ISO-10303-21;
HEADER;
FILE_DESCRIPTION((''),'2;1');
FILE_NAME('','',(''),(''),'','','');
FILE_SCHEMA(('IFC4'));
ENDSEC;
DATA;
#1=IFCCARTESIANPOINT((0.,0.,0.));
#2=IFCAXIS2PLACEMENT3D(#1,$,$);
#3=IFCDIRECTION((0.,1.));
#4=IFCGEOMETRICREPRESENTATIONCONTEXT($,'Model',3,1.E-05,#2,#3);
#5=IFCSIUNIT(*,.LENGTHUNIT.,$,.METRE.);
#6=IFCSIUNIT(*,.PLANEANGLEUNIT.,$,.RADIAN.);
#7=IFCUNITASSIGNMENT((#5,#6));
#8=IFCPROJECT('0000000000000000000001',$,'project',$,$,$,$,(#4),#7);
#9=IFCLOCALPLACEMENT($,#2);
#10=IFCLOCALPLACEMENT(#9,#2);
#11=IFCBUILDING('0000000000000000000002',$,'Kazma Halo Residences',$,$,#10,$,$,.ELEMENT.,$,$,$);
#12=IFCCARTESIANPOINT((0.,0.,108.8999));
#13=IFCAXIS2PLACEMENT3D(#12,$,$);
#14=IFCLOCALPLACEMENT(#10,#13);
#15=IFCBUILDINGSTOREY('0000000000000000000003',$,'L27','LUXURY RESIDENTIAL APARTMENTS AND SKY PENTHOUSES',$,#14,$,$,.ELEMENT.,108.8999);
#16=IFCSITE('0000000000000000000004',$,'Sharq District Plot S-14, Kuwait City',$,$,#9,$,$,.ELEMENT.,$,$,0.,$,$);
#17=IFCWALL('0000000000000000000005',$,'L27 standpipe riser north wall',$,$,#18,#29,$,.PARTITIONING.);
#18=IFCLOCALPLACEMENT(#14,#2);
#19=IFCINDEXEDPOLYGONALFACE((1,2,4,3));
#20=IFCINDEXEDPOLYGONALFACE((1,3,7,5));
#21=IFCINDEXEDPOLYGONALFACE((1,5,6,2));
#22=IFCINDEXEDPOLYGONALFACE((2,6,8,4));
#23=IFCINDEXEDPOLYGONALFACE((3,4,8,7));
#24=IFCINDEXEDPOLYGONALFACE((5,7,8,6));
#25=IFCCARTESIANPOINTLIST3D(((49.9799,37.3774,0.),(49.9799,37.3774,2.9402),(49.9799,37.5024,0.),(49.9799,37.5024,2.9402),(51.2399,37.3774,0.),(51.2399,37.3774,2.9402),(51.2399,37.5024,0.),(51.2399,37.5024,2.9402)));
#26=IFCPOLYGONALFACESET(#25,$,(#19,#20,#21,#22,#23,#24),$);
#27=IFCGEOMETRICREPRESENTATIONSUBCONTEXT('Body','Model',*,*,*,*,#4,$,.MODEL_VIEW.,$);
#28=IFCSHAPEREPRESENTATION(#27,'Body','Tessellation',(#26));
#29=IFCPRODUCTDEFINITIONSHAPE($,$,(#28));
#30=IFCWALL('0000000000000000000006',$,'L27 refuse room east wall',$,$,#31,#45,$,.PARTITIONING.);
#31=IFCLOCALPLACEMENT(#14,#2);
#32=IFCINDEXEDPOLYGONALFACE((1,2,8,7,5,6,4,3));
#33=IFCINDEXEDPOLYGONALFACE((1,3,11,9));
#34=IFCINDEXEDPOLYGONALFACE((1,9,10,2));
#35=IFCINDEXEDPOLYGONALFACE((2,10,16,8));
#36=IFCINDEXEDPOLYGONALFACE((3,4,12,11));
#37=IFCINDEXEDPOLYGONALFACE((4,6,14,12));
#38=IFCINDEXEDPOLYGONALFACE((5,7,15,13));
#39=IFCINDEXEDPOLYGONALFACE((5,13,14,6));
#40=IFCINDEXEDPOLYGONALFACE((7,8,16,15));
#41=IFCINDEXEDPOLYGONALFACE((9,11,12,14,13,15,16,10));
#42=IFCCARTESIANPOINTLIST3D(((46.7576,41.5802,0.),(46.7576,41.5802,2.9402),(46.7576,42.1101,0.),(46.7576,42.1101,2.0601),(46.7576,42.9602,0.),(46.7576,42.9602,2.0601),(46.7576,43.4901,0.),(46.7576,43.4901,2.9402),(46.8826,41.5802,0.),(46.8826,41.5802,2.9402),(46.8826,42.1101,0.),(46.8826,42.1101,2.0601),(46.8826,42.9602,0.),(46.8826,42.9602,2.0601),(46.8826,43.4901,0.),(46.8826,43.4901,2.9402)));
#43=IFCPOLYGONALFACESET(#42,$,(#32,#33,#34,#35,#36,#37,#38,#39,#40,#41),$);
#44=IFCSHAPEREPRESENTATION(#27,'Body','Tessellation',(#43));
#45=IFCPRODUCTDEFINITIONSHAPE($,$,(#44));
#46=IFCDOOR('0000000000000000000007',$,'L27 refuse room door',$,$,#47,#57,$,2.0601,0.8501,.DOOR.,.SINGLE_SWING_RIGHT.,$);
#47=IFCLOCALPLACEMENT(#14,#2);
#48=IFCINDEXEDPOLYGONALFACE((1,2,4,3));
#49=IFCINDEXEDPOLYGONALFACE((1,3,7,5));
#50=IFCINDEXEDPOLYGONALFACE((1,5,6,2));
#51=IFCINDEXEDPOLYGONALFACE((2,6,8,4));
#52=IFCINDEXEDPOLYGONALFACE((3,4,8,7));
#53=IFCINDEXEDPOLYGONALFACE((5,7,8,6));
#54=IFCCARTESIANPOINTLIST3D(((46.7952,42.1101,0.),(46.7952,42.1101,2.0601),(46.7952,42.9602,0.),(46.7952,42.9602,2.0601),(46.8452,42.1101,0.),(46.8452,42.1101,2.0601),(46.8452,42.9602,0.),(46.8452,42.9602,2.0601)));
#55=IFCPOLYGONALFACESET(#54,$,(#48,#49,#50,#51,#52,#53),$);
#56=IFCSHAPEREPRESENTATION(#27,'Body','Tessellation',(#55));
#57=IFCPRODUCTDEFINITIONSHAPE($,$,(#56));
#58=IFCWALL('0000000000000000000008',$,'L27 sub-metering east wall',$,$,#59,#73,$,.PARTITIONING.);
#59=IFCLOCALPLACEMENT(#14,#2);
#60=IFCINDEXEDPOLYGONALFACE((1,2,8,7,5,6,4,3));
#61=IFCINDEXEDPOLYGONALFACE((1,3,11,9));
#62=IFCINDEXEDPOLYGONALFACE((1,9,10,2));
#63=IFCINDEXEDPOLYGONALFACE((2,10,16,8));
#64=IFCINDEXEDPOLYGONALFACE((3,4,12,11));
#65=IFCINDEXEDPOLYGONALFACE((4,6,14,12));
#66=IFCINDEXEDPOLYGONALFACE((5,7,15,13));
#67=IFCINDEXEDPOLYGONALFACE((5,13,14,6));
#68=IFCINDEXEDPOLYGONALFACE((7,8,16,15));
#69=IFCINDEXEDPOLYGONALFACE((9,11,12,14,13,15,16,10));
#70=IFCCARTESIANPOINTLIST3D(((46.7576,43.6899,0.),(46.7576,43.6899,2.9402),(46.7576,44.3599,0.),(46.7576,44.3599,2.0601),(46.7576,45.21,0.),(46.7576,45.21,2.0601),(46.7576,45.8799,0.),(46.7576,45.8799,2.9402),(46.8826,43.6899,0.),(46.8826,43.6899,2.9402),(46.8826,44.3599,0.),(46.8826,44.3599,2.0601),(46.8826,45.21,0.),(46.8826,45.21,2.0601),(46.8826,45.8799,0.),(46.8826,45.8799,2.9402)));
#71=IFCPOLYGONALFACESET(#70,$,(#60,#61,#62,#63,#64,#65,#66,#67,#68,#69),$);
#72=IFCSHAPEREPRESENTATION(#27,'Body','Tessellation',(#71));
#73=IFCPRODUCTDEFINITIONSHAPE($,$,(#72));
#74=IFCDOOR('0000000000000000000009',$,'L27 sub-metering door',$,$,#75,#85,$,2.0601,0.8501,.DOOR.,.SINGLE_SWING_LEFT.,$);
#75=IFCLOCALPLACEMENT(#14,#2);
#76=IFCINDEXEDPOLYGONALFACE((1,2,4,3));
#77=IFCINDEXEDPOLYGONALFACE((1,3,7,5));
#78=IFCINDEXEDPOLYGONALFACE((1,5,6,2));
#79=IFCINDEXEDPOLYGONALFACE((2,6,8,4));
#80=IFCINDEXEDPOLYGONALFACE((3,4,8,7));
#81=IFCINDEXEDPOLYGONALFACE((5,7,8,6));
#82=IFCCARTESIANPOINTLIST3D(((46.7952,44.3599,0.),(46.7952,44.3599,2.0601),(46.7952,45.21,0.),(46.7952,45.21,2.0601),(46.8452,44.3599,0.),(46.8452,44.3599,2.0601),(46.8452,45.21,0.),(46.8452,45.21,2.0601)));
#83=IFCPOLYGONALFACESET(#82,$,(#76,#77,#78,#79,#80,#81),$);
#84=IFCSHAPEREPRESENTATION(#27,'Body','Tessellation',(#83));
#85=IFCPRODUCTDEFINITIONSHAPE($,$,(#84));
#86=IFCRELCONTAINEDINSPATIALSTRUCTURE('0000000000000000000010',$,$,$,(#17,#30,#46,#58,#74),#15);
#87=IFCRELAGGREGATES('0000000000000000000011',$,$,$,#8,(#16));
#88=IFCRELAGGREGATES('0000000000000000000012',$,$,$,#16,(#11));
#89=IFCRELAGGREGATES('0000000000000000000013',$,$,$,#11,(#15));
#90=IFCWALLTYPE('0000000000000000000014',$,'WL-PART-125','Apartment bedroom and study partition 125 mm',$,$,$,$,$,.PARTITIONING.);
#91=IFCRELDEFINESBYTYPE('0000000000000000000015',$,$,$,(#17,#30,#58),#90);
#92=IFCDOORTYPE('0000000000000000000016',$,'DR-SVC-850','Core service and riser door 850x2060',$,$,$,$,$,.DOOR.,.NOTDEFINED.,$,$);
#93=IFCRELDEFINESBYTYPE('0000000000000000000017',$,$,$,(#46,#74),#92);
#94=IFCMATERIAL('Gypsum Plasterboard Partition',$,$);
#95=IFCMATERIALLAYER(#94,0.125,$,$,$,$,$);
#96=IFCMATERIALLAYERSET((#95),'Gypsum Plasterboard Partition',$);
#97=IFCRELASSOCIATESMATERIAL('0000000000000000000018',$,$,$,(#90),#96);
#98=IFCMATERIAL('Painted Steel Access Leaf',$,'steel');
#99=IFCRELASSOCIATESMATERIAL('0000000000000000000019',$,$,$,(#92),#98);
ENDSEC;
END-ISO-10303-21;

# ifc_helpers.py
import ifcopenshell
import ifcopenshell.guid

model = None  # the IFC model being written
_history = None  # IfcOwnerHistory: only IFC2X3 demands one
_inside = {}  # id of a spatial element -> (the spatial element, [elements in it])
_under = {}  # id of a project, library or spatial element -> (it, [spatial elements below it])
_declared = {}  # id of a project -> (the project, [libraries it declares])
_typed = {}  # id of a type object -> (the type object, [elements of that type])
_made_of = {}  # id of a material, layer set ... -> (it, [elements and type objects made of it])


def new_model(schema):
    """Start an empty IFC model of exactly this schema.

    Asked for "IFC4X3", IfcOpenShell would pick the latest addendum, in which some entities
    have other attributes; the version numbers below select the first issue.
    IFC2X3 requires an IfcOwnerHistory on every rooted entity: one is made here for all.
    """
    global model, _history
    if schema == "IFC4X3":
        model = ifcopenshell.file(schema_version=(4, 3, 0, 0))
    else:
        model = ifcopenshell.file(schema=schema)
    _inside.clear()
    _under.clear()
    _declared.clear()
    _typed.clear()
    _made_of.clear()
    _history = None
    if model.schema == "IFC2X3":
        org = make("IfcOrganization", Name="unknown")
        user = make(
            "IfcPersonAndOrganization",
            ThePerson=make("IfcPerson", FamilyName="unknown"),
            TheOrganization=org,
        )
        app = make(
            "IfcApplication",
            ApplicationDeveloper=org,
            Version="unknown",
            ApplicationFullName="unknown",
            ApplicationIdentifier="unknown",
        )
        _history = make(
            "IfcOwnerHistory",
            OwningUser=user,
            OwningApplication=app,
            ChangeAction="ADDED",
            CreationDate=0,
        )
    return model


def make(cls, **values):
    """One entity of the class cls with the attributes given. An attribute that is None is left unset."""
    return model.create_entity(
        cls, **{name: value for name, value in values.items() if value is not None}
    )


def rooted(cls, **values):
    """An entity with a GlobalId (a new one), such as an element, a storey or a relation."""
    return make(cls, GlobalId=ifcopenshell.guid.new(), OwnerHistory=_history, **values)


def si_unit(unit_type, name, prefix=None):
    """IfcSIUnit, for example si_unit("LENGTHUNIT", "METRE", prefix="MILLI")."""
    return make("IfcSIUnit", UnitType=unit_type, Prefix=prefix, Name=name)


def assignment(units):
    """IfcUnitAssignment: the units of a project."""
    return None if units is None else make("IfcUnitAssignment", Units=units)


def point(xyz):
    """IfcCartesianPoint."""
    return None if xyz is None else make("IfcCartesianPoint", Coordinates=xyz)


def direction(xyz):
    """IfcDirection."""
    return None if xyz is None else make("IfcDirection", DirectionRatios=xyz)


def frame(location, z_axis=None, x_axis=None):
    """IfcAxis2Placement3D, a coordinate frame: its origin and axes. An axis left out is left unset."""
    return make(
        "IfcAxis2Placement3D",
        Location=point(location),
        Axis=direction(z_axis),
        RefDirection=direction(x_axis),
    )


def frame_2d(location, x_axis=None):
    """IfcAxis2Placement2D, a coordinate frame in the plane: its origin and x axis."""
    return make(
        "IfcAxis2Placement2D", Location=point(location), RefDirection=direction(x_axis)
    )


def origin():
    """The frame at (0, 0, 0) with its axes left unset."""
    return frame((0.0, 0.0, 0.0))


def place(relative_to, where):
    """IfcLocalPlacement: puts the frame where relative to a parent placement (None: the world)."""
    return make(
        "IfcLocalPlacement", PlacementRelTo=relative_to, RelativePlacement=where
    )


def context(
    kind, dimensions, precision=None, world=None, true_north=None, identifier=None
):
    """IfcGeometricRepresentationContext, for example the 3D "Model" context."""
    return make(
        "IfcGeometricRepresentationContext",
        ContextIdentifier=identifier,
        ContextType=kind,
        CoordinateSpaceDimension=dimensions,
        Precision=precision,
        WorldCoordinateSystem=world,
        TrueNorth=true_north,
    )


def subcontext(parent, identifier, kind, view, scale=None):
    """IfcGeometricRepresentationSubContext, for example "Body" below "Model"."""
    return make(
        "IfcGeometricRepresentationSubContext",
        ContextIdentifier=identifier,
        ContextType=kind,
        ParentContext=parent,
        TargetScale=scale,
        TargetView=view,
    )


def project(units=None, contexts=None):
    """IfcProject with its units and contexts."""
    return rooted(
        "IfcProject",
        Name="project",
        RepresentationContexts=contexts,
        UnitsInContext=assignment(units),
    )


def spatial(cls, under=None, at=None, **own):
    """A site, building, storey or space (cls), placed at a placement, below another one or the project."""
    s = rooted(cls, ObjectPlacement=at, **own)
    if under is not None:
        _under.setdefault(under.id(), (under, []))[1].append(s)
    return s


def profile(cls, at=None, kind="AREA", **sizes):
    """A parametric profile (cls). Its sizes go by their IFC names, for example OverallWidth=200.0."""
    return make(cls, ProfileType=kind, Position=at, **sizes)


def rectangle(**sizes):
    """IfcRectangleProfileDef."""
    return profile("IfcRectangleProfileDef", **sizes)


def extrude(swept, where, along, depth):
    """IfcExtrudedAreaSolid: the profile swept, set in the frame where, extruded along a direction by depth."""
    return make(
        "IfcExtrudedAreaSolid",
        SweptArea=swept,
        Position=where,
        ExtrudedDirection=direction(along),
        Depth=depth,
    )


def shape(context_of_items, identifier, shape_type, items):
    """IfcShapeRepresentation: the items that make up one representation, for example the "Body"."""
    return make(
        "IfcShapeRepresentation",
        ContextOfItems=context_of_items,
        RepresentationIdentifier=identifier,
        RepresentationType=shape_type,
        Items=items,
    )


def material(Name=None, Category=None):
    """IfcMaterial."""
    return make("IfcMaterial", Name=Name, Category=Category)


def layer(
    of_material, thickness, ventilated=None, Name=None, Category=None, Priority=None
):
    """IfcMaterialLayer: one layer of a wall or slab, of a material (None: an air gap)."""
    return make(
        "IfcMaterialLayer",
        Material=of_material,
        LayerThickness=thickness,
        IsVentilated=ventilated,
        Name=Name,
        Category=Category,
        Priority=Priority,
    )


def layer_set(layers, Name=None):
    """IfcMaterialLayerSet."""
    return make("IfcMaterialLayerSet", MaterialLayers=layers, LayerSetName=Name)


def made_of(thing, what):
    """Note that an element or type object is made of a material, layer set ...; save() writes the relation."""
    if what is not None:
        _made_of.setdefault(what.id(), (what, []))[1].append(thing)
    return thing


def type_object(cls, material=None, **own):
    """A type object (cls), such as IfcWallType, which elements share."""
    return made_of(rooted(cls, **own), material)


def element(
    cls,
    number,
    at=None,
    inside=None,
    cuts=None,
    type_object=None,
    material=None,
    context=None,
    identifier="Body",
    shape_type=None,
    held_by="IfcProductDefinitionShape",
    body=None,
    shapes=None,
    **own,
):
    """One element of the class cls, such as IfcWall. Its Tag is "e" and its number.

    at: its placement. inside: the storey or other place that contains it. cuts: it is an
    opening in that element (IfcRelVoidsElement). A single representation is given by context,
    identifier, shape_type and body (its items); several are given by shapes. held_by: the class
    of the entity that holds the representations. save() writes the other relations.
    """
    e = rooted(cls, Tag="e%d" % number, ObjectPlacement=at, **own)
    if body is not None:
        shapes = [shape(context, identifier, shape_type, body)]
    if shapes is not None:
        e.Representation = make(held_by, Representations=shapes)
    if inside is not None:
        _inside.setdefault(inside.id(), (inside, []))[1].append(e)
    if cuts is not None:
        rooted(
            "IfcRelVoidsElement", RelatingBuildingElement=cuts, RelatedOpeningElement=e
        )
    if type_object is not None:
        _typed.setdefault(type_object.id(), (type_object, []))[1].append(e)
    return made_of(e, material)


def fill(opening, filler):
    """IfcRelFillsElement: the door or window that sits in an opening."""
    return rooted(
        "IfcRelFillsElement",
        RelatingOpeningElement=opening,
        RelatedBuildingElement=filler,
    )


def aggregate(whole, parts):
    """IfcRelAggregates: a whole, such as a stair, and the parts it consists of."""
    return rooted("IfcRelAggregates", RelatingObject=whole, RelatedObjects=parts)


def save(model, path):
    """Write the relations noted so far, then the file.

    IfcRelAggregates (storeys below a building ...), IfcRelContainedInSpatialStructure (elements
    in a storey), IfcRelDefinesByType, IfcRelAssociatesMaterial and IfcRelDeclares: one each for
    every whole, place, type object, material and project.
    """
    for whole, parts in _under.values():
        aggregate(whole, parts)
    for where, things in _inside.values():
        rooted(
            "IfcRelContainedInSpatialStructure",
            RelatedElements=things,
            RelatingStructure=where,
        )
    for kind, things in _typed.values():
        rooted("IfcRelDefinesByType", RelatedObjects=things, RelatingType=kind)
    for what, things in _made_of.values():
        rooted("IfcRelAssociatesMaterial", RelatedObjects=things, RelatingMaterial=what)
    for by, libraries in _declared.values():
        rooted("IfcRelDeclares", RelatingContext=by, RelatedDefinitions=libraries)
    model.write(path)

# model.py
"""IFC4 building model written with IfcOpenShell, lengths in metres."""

from ifc_helpers import new_model, si_unit, direction, frame, frame_2d, origin, place, context, subcontext, project, spatial, rectangle, extrude, material, layer, layer_set, type_object, element, fill, save


model = new_model("IFC4")

# Units and contexts
model_context = context("Model", 3, precision=1e-05, world=origin(), true_north=direction((0.0, 1.0)))
body_context = subcontext(model_context, "Body", "Model", "MODEL_VIEW")
ifc_project = project(units=[si_unit("LENGTHUNIT", "METRE"), si_unit("PLANEANGLEUNIT", "RADIAN")], contexts=[model_context])

# Site, building, storey
site_placement = place(None, origin())
site = spatial("IfcSite", under=ifc_project, at=site_placement, Name="Sharq District Plot S-14, Kuwait City", CompositionType="ELEMENT", RefElevation=0.0)
building_placement = place(site_placement, origin())
building = spatial("IfcBuilding", under=site, at=building_placement, Name="Kazma Halo Residences", CompositionType="ELEMENT")
storey_placement = place(building_placement, frame((0.0, 0.0, 108.8999)))
storey = spatial("IfcBuildingStorey", under=building, at=storey_placement, Name="L27", Description="LUXURY RESIDENTIAL APARTMENTS AND SKY PENTHOUSES", CompositionType="ELEMENT", Elevation=108.8999)

# Wall
ifc_material_1 = material(Name="Gypsum Plasterboard Partition")
ifc_layer_1 = layer(ifc_material_1, 0.125)
ifc_layer_set_1 = layer_set([ifc_layer_1], Name="Gypsum Plasterboard Partition")
wall_type_1 = type_object("IfcWallType", Name="WL-PART-125", Description="Apartment bedroom and study partition 125 mm", PredefinedType="PARTITIONING", material=ifc_layer_set_1)
wall_1_placement = place(storey_placement, frame((49.98, 37.4399, 0.0), z_axis=(0.0, 0.0, 1.0), x_axis=(1.0, 0.0, 0.0)))
element("IfcWall", 1, at=wall_1_placement, inside=storey, type_object=wall_type_1, Name="L27 standpipe riser north wall", PredefinedType="PARTITIONING", context=body_context, shape_type="SweptSolid", body=[
    extrude(rectangle(XDim=1.26, YDim=0.125, at=frame_2d((0.6299, 0.0))), origin(), (0.0, 0.0, 1.0), 2.9402),
])

# Walls, openings, doors
wall_2_placement = place(storey_placement, frame((46.8201, 41.5801, 0.0), z_axis=(0.0, 0.0, 1.0), x_axis=(0.0, 1.0, 0.0)))
wall_2 = element("IfcWall", 2, at=wall_2_placement, inside=storey, type_object=wall_type_1, Name="L27 refuse room east wall", PredefinedType="PARTITIONING", context=body_context, shape_type="SweptSolid", body=[
    extrude(rectangle(XDim=1.9099, YDim=0.125, at=frame_2d((0.9551, 0.0))), origin(), (0.0, 0.0, 1.0), 2.9402),
])
opening_1_placement = place(wall_2_placement, frame((0.53, 0.0, 0.0)))
opening_1 = element("IfcOpeningElement", 3, at=opening_1_placement, cuts=wall_2, PredefinedType="OPENING", context=body_context, shape_type="SweptSolid", body=[
    extrude(rectangle(XDim=0.8501, YDim=2.0601, at=frame_2d((0.425, 1.03))), frame((0.0, 0.0725, 0.0), z_axis=(0.0, -1.0, 0.0), x_axis=(1.0, 0.0, 0.0)), (0.0, 0.0, 1.0), 0.145),
])
ifc_material_2 = material(Name="Painted Steel Access Leaf", Category="steel")
door_type_1 = type_object("IfcDoorType", Name="DR-SVC-850", Description="Core service and riser door 850x2060", OperationType="NOTDEFINED", PredefinedType="DOOR", material=ifc_material_2)
door_1_placement = place(opening_1_placement, origin())
door_1 = element("IfcDoor", 4, at=door_1_placement, inside=storey, type_object=door_type_1, Name="L27 refuse room door", OperationType="SINGLE_SWING_RIGHT", OverallHeight=2.0601, OverallWidth=0.8501, PredefinedType="DOOR", context=body_context, shape_type="SweptSolid", body=[
    extrude(rectangle(XDim=0.8501, YDim=2.0601, at=frame_2d((0.425, 1.03))), frame((0.0, 0.0249, 0.0), z_axis=(0.0, -1.0, 0.0), x_axis=(1.0, 0.0, 0.0)), (0.0, 0.0, 1.0), 0.05),
])
fill(opening_1, door_1)
wall_3_placement = place(storey_placement, frame((46.8201, 43.6899, 0.0), z_axis=(0.0, 0.0, 1.0), x_axis=(0.0, 1.0, 0.0)))
wall_3 = element("IfcWall", 5, at=wall_3_placement, inside=storey, type_object=wall_type_1, Name="L27 sub-metering east wall", PredefinedType="PARTITIONING", context=body_context, shape_type="SweptSolid", body=[
    extrude(rectangle(XDim=2.1899, YDim=0.125, at=frame_2d((1.095, 0.0))), origin(), (0.0, 0.0, 1.0), 2.9402),
])
opening_2_placement = place(wall_3_placement, frame((0.6699, 0.0, 0.0)))
opening_2 = element("IfcOpeningElement", 6, at=opening_2_placement, cuts=wall_3, PredefinedType="OPENING", context=body_context, shape_type="SweptSolid", body=[
    extrude(rectangle(XDim=0.8501, YDim=2.0601, at=frame_2d((0.425, 1.03))), frame((0.0, 0.0725, 0.0), z_axis=(0.0, -1.0, 0.0), x_axis=(1.0, 0.0, 0.0)), (0.0, 0.0, 1.0), 0.145),
])
door_2_placement = place(opening_2_placement, origin())
door_2 = element("IfcDoor", 7, at=door_2_placement, inside=storey, type_object=door_type_1, Name="L27 sub-metering door", OperationType="SINGLE_SWING_LEFT", OverallHeight=2.0601, OverallWidth=0.8501, PredefinedType="DOOR", context=body_context, shape_type="SweptSolid", body=[
    extrude(rectangle(XDim=0.8501, YDim=2.0601, at=frame_2d((0.425, 1.03))), frame((0.0, 0.0249, 0.0), z_axis=(0.0, -1.0, 0.0), x_axis=(1.0, 0.0, 0.0)), (0.0, 0.0, 1.0), 0.05),
])
fill(opening_2, door_2)

save(model, "model.ifc")
